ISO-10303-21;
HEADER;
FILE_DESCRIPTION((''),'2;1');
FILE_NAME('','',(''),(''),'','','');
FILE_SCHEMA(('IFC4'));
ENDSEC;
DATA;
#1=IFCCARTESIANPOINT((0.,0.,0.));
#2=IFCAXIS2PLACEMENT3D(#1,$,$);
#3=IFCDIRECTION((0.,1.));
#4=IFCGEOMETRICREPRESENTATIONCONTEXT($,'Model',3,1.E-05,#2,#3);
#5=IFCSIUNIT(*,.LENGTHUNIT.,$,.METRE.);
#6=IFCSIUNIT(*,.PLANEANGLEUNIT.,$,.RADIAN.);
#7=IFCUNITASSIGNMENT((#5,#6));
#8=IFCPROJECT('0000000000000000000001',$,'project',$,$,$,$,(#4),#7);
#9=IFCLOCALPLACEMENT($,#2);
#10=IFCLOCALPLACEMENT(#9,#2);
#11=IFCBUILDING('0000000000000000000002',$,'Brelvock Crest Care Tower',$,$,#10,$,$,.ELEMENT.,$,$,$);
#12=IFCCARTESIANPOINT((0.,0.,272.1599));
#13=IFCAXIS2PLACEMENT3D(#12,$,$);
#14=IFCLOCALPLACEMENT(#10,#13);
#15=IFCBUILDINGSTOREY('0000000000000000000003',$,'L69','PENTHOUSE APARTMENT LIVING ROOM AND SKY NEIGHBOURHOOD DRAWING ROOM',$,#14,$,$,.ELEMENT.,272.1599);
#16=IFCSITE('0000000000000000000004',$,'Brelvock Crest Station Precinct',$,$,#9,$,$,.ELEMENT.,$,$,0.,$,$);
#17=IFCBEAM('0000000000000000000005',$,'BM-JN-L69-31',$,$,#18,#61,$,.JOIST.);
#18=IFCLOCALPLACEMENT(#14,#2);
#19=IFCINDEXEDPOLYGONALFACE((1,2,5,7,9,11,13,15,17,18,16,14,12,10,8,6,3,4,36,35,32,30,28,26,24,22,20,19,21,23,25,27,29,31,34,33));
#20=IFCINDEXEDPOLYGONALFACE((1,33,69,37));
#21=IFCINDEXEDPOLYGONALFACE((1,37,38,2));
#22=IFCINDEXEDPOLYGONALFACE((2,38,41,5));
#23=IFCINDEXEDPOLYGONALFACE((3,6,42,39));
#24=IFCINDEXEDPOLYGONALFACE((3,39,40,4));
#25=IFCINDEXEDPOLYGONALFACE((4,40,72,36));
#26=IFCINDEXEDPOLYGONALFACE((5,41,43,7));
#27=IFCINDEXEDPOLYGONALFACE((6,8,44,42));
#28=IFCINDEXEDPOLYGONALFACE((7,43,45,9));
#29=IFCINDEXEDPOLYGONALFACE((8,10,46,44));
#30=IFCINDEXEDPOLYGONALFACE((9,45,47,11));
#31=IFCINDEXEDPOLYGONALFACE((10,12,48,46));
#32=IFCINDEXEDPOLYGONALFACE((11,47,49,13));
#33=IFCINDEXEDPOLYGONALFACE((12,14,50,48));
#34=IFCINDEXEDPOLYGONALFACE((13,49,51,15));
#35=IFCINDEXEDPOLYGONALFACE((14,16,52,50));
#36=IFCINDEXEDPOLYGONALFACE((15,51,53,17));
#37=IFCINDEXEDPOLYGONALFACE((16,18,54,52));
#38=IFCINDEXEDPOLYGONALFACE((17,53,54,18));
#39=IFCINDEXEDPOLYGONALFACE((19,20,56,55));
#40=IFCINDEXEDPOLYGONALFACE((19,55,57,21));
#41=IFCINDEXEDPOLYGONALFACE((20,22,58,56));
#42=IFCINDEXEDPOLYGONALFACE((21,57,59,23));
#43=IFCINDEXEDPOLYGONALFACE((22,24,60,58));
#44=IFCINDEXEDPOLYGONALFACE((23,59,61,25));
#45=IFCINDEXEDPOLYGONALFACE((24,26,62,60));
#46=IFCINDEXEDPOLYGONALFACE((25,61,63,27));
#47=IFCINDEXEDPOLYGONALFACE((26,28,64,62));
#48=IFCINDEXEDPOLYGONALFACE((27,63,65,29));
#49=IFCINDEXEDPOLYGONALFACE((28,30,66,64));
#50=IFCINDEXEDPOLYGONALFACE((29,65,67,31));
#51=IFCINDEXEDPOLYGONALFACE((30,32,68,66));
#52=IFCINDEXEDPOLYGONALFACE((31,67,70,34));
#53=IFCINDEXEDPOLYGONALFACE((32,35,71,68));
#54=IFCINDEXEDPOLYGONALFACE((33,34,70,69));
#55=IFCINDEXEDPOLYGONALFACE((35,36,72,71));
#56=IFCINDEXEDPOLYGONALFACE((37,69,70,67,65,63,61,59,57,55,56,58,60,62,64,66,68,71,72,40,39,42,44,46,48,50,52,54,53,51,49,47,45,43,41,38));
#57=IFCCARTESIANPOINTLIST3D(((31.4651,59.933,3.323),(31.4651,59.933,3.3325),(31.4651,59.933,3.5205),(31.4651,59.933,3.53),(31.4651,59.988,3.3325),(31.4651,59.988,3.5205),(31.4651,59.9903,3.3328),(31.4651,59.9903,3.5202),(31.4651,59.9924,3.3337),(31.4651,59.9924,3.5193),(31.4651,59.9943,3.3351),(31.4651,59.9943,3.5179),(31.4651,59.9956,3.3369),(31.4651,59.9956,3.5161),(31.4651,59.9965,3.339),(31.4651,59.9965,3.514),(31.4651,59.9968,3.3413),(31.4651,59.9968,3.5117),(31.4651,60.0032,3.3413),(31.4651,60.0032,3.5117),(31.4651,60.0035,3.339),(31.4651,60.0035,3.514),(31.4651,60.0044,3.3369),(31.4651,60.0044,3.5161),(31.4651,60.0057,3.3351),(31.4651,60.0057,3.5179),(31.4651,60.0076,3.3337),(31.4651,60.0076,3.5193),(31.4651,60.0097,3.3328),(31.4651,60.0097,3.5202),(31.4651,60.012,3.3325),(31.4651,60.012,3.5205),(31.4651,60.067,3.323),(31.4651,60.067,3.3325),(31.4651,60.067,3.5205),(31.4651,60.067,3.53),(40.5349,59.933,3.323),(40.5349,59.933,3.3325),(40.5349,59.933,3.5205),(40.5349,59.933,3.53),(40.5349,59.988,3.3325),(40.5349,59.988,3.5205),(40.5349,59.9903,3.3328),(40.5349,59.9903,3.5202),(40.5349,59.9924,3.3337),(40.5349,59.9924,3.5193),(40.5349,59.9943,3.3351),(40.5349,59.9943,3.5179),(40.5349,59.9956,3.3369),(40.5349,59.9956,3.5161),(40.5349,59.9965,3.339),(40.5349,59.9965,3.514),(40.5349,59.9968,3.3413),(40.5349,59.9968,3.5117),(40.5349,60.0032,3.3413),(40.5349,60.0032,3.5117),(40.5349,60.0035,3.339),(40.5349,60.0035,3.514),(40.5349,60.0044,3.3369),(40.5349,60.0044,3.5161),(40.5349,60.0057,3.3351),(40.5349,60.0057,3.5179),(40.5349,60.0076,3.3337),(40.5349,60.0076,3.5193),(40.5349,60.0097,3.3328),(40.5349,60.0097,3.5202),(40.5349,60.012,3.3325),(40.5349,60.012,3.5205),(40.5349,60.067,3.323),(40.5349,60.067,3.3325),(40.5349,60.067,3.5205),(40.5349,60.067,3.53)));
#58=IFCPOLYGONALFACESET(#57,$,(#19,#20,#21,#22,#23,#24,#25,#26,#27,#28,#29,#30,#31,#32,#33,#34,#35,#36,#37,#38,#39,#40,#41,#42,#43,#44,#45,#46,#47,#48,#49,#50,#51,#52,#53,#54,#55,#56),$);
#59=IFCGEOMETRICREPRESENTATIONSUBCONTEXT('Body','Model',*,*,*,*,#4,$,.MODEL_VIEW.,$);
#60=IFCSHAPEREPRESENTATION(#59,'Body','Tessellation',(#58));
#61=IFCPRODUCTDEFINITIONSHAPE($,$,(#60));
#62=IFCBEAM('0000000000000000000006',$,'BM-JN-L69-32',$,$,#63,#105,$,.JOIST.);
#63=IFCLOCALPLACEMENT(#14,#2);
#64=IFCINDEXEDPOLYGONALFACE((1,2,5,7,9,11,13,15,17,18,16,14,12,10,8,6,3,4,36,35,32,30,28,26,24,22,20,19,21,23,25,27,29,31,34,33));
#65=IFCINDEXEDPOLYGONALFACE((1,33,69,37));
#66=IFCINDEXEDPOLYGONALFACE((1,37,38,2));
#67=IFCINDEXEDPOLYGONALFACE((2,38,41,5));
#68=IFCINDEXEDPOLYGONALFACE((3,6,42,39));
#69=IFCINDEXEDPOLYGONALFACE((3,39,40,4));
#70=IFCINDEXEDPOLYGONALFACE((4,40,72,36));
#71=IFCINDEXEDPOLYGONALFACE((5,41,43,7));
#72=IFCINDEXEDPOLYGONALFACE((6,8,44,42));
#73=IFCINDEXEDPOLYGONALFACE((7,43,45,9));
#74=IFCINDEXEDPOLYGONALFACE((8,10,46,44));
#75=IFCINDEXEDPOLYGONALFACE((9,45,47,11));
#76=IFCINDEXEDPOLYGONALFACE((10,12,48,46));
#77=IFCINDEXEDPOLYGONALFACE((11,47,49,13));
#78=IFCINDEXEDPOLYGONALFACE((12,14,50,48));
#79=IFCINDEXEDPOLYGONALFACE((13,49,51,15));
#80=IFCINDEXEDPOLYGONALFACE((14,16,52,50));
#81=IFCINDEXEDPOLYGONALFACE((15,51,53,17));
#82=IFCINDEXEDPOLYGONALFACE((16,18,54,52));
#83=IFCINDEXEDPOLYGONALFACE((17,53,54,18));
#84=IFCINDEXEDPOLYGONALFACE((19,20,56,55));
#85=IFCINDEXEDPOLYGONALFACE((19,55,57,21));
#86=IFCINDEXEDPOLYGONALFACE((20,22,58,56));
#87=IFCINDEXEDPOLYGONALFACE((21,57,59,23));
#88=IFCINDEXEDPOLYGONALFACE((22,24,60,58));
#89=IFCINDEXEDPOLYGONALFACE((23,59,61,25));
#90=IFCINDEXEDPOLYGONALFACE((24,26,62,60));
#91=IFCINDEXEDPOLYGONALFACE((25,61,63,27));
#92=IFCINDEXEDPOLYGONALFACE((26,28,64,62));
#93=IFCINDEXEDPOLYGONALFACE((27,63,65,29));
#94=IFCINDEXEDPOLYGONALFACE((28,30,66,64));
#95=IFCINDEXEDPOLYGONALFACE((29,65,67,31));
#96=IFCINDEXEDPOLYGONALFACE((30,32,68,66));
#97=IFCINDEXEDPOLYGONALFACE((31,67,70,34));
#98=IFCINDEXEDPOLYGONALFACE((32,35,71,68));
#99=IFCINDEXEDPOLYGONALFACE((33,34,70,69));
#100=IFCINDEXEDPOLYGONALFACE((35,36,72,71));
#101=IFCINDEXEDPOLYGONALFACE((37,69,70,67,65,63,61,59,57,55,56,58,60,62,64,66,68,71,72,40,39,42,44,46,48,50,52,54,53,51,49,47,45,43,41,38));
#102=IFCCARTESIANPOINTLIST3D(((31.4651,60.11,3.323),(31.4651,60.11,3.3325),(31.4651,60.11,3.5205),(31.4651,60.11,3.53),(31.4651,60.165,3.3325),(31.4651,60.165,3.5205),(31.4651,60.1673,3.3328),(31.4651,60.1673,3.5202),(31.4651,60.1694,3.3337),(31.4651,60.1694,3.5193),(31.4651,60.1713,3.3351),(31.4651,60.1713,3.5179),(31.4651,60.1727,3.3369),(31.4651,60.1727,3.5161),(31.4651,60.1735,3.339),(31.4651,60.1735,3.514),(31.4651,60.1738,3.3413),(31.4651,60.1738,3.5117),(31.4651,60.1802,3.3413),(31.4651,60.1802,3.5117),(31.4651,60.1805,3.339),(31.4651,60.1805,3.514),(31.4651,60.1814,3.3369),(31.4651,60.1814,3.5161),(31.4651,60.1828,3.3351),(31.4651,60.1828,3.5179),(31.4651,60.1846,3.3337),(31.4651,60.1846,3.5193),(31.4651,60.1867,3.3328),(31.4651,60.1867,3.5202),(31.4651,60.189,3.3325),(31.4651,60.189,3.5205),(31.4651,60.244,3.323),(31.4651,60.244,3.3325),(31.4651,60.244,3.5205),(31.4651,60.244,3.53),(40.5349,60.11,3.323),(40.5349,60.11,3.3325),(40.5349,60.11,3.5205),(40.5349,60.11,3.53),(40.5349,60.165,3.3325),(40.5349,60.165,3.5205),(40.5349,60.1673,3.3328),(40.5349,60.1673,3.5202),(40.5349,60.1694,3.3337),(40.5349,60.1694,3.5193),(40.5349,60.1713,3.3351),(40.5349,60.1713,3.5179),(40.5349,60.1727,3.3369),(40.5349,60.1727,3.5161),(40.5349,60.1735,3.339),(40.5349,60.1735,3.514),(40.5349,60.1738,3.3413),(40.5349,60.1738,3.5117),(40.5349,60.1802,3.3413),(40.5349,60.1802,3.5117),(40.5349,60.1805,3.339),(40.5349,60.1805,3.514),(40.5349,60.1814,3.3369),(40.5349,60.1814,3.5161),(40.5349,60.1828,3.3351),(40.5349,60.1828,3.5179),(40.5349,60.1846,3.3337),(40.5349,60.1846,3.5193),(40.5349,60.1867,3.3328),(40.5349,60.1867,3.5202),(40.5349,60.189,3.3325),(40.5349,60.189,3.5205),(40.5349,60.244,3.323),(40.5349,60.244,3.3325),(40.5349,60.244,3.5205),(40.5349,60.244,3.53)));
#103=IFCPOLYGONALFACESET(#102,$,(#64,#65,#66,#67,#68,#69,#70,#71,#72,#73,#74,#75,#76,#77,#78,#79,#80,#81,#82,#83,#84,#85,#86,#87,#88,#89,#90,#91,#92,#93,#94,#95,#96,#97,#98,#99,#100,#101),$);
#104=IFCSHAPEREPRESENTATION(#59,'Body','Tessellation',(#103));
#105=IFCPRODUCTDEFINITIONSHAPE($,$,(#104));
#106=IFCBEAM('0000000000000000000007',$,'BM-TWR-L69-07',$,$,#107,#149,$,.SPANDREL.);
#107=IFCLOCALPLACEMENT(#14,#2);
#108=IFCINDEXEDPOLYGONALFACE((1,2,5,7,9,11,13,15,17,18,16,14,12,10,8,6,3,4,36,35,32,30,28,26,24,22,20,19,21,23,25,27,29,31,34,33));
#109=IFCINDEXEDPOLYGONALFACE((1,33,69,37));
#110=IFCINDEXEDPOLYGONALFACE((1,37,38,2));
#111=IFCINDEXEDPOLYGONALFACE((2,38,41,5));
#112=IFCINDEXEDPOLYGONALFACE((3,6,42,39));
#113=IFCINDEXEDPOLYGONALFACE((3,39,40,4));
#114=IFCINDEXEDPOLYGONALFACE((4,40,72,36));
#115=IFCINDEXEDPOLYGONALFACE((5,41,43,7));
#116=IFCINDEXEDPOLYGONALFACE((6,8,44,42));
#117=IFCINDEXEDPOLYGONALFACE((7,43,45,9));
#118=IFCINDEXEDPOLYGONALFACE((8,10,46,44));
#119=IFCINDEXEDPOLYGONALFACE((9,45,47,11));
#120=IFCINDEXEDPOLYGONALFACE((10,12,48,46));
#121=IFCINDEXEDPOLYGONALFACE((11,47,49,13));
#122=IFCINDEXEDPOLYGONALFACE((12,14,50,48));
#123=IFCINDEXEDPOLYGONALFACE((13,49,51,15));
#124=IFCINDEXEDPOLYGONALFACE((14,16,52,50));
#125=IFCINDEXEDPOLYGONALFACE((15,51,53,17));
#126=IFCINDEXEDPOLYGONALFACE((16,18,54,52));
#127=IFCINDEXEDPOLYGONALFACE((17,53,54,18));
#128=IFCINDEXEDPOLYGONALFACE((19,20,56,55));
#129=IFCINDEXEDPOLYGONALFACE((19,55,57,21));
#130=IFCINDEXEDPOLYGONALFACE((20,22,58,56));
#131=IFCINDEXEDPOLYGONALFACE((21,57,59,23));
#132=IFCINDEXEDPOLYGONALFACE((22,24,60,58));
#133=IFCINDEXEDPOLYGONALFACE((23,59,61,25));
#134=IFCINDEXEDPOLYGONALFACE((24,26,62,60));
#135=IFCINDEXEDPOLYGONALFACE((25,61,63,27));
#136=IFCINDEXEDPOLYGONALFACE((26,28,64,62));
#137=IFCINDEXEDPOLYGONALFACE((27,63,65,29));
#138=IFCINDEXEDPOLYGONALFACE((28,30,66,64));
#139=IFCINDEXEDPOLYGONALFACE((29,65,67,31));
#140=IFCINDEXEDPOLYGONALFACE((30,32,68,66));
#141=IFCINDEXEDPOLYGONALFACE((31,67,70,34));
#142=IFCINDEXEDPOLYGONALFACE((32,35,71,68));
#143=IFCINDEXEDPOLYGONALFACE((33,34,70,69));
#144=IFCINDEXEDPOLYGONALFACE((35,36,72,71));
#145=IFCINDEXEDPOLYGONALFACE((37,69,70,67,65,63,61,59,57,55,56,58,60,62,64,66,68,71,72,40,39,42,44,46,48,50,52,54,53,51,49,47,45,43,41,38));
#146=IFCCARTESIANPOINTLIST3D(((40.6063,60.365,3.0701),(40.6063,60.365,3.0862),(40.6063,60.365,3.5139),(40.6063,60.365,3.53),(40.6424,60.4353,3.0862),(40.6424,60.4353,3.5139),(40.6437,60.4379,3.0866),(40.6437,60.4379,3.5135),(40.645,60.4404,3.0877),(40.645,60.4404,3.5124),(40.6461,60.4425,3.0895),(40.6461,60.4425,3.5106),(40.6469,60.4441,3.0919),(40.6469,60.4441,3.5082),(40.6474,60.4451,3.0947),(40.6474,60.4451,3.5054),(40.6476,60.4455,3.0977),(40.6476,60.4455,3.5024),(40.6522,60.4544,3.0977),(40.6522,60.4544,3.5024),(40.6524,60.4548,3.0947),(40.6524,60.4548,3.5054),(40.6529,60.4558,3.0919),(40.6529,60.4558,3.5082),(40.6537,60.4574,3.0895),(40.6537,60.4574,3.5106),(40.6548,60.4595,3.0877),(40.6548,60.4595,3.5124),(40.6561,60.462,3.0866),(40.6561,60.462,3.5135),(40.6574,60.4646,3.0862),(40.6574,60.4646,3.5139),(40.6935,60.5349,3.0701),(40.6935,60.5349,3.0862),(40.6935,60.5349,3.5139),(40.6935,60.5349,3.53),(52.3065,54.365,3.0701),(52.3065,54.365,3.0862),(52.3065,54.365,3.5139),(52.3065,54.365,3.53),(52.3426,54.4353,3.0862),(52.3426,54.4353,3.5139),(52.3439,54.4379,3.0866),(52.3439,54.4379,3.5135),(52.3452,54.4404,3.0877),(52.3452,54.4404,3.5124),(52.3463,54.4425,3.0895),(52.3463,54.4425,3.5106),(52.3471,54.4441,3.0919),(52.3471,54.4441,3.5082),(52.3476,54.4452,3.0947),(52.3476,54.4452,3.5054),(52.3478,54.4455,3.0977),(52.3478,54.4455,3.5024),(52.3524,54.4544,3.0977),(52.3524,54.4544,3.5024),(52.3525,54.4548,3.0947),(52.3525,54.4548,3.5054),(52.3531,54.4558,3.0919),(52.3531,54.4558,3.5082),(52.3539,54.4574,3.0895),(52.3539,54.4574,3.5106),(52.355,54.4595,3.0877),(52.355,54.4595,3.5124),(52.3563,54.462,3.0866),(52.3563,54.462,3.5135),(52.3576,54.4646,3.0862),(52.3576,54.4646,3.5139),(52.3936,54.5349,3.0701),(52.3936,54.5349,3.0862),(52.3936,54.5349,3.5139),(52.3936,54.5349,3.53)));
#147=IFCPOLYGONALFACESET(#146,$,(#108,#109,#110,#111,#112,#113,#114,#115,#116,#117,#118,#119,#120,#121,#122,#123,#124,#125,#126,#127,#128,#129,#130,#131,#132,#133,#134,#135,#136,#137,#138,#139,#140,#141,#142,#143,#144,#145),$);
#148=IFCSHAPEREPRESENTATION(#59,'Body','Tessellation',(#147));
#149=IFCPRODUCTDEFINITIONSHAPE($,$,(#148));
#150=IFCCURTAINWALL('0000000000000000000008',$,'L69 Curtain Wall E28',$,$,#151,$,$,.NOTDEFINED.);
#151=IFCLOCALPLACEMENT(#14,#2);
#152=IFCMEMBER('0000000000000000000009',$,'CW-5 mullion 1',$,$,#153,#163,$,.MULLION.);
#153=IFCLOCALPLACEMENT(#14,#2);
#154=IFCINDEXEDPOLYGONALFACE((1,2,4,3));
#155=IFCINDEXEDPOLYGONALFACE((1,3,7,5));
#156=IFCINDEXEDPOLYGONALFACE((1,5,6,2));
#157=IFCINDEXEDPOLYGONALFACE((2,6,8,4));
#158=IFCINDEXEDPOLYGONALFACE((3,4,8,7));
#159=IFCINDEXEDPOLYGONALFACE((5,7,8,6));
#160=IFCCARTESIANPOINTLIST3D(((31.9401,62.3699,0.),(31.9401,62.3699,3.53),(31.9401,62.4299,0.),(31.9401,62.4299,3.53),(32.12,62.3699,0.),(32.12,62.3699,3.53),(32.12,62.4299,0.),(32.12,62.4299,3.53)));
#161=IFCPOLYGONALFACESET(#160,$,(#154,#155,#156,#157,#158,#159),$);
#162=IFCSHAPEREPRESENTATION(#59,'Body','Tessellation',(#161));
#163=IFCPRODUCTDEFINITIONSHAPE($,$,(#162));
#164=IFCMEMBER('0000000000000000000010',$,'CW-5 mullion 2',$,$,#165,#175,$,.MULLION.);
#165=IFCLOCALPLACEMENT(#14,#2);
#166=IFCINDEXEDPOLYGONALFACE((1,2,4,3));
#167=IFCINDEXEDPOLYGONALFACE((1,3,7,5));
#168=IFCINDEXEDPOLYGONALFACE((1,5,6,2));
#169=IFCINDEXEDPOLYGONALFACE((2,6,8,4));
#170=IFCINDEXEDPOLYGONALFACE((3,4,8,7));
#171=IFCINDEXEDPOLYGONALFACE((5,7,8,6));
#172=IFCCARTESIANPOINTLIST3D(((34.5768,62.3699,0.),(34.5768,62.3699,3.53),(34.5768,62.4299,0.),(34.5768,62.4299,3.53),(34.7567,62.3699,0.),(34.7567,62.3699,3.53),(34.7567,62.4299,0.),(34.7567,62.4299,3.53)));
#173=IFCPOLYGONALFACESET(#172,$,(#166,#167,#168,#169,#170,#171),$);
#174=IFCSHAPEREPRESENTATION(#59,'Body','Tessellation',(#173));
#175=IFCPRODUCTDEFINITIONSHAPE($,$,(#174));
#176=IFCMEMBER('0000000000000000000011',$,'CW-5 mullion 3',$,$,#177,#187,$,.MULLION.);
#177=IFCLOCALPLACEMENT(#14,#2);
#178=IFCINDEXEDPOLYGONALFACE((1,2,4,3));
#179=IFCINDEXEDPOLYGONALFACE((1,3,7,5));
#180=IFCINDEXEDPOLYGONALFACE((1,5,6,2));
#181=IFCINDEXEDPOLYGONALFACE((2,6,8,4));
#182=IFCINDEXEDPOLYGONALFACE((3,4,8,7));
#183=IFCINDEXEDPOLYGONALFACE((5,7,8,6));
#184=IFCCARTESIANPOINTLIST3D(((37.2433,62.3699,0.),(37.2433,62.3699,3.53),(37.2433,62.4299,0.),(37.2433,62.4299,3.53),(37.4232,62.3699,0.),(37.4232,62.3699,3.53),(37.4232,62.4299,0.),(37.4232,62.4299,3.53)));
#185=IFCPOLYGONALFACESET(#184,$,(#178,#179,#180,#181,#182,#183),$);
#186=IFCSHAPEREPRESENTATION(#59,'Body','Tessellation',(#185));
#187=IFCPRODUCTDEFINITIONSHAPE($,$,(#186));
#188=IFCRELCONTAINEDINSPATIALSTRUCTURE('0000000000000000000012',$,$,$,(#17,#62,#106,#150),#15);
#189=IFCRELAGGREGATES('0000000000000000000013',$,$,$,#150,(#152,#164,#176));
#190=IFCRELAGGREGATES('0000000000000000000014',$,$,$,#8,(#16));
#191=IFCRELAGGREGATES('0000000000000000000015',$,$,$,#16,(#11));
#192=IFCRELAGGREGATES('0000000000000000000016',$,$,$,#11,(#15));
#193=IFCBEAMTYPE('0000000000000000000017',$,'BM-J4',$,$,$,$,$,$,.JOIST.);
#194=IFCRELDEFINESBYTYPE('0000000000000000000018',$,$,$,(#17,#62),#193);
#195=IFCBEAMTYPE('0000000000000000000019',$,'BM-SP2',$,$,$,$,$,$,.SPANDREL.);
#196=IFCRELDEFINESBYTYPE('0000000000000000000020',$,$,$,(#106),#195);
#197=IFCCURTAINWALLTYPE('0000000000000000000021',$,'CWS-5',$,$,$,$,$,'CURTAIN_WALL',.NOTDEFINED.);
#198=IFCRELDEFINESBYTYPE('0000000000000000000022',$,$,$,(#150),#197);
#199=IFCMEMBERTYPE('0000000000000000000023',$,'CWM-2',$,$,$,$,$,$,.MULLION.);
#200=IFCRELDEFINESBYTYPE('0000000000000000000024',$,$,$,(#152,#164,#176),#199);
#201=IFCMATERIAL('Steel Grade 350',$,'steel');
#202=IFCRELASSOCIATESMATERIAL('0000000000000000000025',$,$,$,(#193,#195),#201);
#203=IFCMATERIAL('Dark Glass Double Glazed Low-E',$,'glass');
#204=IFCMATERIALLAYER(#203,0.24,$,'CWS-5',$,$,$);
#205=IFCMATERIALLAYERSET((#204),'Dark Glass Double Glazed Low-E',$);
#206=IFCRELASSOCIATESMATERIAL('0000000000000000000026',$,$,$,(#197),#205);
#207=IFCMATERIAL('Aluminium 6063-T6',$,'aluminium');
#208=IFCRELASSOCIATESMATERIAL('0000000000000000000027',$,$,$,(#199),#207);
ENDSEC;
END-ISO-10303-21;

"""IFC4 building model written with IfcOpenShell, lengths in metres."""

from ifc_helpers import new_model, si_unit, direction, frame, origin, origin_2d, place, context, subcontext, project, spatial, rectangle, i_section, extrude, source, transform, mapped, material, layer, layer_set, material_profile, profile_set, type_object, element, aggregate, save


model = new_model("IFC4")

# Units and contexts
model_context = context("Model", 3, precision=1e-05, world=origin(), true_north=direction((0.0, 1.0)))
body_context = subcontext(model_context, "Body", "Model", "MODEL_VIEW")
ifc_project = project(units=[si_unit("LENGTHUNIT", "METRE"), si_unit("PLANEANGLEUNIT", "RADIAN")], contexts=[model_context])

# Site, building, storey
site_placement = place(None, origin())
site = spatial("IfcSite", under=ifc_project, at=site_placement, Name="Brelvock Crest Station Precinct", CompositionType="ELEMENT", RefElevation=0.0)
building_placement = place(site_placement, origin())
building = spatial("IfcBuilding", under=site, at=building_placement, Name="Brelvock Crest Care Tower", CompositionType="ELEMENT")
storey_placement = place(building_placement, frame((0.0, 0.0, 272.1599)))
storey = spatial("IfcBuildingStorey", under=building, at=storey_placement, Name="L69", Description="PENTHOUSE APARTMENT LIVING ROOM AND SKY NEIGHBOURHOOD DRAWING ROOM", CompositionType="ELEMENT", Elevation=272.1599)

# Shared definitions
ifc_material_1 = material(Name="Steel Grade 350", Category="steel")

# Beams
ifc_material_profile_1 = material_profile(ifc_material_1, i_section(OverallWidth=0.134, OverallDepth=0.207, WebThickness=0.0063, FlangeThickness=0.0095, FilletRadius=0.0088, at=origin_2d()), Name="200UB29.8")
ifc_profile_set_1 = profile_set([ifc_material_profile_1], Name="Steel Grade 350")
beam_type_1 = type_object("IfcBeamType", Name="BM-J4", PredefinedType="JOIST", material=ifc_profile_set_1)
shared_shape_1 = source(origin(), body_context, "Body", "SweptSolid", [
    extrude(i_section(OverallWidth=0.134, OverallDepth=0.207, WebThickness=0.0063, FlangeThickness=0.0095, FilletRadius=0.0088, at=origin_2d()), origin(), (0.0, 0.0, 1.0), 9.0698),
])
for number, where, z_axis, x_axis, name in (
    (1, (31.4651, 60.0, 3.4265), (1.0, 0.0, 0.0), (0.0, 1.0, 0.0), "BM-JN-L69-31"),
    (2, (31.4651, 60.177, 3.4265), (1.0, 0.0, 0.0), (0.0, 1.0, 0.0), "BM-JN-L69-32"),
):
    element("IfcBeam", number, at=place(storey_placement, frame(where, z_axis=z_axis, x_axis=x_axis)), inside=storey, type_object=beam_type_1, Name=name, PredefinedType="JOIST", context=body_context, shape_type="MappedRepresentation", body=[
        mapped(shared_shape_1, transform((0.0, 0.0, 0.0), x_axis=(1.0, 0.0, 0.0), y_axis=(0.0, 1.0, 0.0), z_axis=(0.0, 0.0, 1.0), scale=1.0)),
    ])
ifc_material_profile_2 = material_profile(ifc_material_1, i_section(OverallWidth=0.1909, OverallDepth=0.46, WebThickness=0.01, FlangeThickness=0.0161, FilletRadius=0.0115, at=origin_2d()), Name="460UB82.1")
ifc_profile_set_2 = profile_set([ifc_material_profile_2], Name="Steel Grade 350")
beam_type_2 = type_object("IfcBeamType", Name="BM-SP2", PredefinedType="SPANDREL", material=ifc_profile_set_2)
shared_shape_2 = source(origin(), body_context, "Body", "SweptSolid", [
    extrude(i_section(OverallWidth=0.1909, OverallDepth=0.46, WebThickness=0.01, FlangeThickness=0.0161, FilletRadius=0.0115, at=origin_2d()), origin(), (0.0, 0.0, 1.0), 13.1489),
])
beam_placement = place(storey_placement, frame((40.6499, 60.45, 3.3), z_axis=(0.889821, -0.456311, 0.0), x_axis=(0.456311, 0.889821, 0.0)))
element("IfcBeam", 3, at=beam_placement, inside=storey, type_object=beam_type_2, Name="BM-TWR-L69-07", PredefinedType="SPANDREL", context=body_context, shape_type="MappedRepresentation", body=[
    mapped(shared_shape_2, transform((0.0, 0.0, 0.0), x_axis=(1.0, 0.0, 0.0), y_axis=(0.0, 1.0, 0.0), z_axis=(0.0, 0.0, 1.0), scale=1.0)),
])

# Curtain wall, members
ifc_material_2 = material(Name="Dark Glass Double Glazed Low-E", Category="glass")
ifc_layer_1 = layer(ifc_material_2, 0.24, Name="CWS-5")
ifc_layer_set_1 = layer_set([ifc_layer_1], Name="Dark Glass Double Glazed Low-E")
curtain_wall_type = type_object("IfcCurtainWallType", Name="CWS-5", ElementType="CURTAIN_WALL", PredefinedType="NOTDEFINED", material=ifc_layer_set_1)
curtain_wall_placement = place(storey_placement, origin())
curtain_wall = element("IfcCurtainWall", 4, at=curtain_wall_placement, inside=storey, type_object=curtain_wall_type, Name="L69 Curtain Wall E28", PredefinedType="NOTDEFINED")
ifc_material_3 = material(Name="Aluminium 6063-T6", Category="aluminium")
ifc_material_profile_3 = material_profile(ifc_material_3, rectangle(XDim=0.0601, YDim=0.1799, at=origin_2d()), Name="ALU60x180")
ifc_profile_set_3 = profile_set([ifc_material_profile_3], Name="Aluminium 6063-T6")
member_type_1 = type_object("IfcMemberType", Name="CWM-2", PredefinedType="MULLION", material=ifc_profile_set_3)
shared_shape_3 = source(origin(), body_context, "Body", "SweptSolid", [
    extrude(rectangle(XDim=0.0601, YDim=0.1799, at=origin_2d()), origin(), (0.0, 0.0, 1.0), 3.53),
])
member_1_placement = place(storey_placement, frame((32.03, 62.3999, 0.0), z_axis=(0.0, 0.0, 1.0), x_axis=(0.0, 1.0, 0.0)))
member_1 = element("IfcMember", 5, at=member_1_placement, type_object=member_type_1, Name="CW-5 mullion 1", PredefinedType="MULLION", context=body_context, shape_type="MappedRepresentation", body=[
    mapped(shared_shape_3, transform((0.0, 0.0, 0.0), x_axis=(1.0, 0.0, 0.0), y_axis=(0.0, 1.0, 0.0), z_axis=(0.0, 0.0, 1.0), scale=1.0)),
])
member_2_placement = place(storey_placement, frame((34.6667, 62.3999, 0.0), z_axis=(0.0, 0.0, 1.0), x_axis=(0.0, 1.0, 0.0)))
member_2 = element("IfcMember", 6, at=member_2_placement, type_object=member_type_1, Name="CW-5 mullion 2", PredefinedType="MULLION", context=body_context, shape_type="MappedRepresentation", body=[
    mapped(shared_shape_3, transform((0.0, 0.0, 0.0), x_axis=(1.0, 0.0, 0.0), y_axis=(0.0, 1.0, 0.0), z_axis=(0.0, 0.0, 1.0), scale=1.0)),
])
member_3_placement = place(storey_placement, frame((37.3333, 62.3999, 0.0), z_axis=(0.0, 0.0, 1.0), x_axis=(0.0, 1.0, 0.0)))
member_3 = element("IfcMember", 7, at=member_3_placement, type_object=member_type_1, Name="CW-5 mullion 3", PredefinedType="MULLION", context=body_context, shape_type="MappedRepresentation", body=[
    mapped(shared_shape_3, transform((0.0, 0.0, 0.0), x_axis=(1.0, 0.0, 0.0), y_axis=(0.0, 1.0, 0.0), z_axis=(0.0, 0.0, 1.0), scale=1.0)),
])
aggregate(curtain_wall, [member_1, member_2, member_3])

save(model, "model.ifc")
